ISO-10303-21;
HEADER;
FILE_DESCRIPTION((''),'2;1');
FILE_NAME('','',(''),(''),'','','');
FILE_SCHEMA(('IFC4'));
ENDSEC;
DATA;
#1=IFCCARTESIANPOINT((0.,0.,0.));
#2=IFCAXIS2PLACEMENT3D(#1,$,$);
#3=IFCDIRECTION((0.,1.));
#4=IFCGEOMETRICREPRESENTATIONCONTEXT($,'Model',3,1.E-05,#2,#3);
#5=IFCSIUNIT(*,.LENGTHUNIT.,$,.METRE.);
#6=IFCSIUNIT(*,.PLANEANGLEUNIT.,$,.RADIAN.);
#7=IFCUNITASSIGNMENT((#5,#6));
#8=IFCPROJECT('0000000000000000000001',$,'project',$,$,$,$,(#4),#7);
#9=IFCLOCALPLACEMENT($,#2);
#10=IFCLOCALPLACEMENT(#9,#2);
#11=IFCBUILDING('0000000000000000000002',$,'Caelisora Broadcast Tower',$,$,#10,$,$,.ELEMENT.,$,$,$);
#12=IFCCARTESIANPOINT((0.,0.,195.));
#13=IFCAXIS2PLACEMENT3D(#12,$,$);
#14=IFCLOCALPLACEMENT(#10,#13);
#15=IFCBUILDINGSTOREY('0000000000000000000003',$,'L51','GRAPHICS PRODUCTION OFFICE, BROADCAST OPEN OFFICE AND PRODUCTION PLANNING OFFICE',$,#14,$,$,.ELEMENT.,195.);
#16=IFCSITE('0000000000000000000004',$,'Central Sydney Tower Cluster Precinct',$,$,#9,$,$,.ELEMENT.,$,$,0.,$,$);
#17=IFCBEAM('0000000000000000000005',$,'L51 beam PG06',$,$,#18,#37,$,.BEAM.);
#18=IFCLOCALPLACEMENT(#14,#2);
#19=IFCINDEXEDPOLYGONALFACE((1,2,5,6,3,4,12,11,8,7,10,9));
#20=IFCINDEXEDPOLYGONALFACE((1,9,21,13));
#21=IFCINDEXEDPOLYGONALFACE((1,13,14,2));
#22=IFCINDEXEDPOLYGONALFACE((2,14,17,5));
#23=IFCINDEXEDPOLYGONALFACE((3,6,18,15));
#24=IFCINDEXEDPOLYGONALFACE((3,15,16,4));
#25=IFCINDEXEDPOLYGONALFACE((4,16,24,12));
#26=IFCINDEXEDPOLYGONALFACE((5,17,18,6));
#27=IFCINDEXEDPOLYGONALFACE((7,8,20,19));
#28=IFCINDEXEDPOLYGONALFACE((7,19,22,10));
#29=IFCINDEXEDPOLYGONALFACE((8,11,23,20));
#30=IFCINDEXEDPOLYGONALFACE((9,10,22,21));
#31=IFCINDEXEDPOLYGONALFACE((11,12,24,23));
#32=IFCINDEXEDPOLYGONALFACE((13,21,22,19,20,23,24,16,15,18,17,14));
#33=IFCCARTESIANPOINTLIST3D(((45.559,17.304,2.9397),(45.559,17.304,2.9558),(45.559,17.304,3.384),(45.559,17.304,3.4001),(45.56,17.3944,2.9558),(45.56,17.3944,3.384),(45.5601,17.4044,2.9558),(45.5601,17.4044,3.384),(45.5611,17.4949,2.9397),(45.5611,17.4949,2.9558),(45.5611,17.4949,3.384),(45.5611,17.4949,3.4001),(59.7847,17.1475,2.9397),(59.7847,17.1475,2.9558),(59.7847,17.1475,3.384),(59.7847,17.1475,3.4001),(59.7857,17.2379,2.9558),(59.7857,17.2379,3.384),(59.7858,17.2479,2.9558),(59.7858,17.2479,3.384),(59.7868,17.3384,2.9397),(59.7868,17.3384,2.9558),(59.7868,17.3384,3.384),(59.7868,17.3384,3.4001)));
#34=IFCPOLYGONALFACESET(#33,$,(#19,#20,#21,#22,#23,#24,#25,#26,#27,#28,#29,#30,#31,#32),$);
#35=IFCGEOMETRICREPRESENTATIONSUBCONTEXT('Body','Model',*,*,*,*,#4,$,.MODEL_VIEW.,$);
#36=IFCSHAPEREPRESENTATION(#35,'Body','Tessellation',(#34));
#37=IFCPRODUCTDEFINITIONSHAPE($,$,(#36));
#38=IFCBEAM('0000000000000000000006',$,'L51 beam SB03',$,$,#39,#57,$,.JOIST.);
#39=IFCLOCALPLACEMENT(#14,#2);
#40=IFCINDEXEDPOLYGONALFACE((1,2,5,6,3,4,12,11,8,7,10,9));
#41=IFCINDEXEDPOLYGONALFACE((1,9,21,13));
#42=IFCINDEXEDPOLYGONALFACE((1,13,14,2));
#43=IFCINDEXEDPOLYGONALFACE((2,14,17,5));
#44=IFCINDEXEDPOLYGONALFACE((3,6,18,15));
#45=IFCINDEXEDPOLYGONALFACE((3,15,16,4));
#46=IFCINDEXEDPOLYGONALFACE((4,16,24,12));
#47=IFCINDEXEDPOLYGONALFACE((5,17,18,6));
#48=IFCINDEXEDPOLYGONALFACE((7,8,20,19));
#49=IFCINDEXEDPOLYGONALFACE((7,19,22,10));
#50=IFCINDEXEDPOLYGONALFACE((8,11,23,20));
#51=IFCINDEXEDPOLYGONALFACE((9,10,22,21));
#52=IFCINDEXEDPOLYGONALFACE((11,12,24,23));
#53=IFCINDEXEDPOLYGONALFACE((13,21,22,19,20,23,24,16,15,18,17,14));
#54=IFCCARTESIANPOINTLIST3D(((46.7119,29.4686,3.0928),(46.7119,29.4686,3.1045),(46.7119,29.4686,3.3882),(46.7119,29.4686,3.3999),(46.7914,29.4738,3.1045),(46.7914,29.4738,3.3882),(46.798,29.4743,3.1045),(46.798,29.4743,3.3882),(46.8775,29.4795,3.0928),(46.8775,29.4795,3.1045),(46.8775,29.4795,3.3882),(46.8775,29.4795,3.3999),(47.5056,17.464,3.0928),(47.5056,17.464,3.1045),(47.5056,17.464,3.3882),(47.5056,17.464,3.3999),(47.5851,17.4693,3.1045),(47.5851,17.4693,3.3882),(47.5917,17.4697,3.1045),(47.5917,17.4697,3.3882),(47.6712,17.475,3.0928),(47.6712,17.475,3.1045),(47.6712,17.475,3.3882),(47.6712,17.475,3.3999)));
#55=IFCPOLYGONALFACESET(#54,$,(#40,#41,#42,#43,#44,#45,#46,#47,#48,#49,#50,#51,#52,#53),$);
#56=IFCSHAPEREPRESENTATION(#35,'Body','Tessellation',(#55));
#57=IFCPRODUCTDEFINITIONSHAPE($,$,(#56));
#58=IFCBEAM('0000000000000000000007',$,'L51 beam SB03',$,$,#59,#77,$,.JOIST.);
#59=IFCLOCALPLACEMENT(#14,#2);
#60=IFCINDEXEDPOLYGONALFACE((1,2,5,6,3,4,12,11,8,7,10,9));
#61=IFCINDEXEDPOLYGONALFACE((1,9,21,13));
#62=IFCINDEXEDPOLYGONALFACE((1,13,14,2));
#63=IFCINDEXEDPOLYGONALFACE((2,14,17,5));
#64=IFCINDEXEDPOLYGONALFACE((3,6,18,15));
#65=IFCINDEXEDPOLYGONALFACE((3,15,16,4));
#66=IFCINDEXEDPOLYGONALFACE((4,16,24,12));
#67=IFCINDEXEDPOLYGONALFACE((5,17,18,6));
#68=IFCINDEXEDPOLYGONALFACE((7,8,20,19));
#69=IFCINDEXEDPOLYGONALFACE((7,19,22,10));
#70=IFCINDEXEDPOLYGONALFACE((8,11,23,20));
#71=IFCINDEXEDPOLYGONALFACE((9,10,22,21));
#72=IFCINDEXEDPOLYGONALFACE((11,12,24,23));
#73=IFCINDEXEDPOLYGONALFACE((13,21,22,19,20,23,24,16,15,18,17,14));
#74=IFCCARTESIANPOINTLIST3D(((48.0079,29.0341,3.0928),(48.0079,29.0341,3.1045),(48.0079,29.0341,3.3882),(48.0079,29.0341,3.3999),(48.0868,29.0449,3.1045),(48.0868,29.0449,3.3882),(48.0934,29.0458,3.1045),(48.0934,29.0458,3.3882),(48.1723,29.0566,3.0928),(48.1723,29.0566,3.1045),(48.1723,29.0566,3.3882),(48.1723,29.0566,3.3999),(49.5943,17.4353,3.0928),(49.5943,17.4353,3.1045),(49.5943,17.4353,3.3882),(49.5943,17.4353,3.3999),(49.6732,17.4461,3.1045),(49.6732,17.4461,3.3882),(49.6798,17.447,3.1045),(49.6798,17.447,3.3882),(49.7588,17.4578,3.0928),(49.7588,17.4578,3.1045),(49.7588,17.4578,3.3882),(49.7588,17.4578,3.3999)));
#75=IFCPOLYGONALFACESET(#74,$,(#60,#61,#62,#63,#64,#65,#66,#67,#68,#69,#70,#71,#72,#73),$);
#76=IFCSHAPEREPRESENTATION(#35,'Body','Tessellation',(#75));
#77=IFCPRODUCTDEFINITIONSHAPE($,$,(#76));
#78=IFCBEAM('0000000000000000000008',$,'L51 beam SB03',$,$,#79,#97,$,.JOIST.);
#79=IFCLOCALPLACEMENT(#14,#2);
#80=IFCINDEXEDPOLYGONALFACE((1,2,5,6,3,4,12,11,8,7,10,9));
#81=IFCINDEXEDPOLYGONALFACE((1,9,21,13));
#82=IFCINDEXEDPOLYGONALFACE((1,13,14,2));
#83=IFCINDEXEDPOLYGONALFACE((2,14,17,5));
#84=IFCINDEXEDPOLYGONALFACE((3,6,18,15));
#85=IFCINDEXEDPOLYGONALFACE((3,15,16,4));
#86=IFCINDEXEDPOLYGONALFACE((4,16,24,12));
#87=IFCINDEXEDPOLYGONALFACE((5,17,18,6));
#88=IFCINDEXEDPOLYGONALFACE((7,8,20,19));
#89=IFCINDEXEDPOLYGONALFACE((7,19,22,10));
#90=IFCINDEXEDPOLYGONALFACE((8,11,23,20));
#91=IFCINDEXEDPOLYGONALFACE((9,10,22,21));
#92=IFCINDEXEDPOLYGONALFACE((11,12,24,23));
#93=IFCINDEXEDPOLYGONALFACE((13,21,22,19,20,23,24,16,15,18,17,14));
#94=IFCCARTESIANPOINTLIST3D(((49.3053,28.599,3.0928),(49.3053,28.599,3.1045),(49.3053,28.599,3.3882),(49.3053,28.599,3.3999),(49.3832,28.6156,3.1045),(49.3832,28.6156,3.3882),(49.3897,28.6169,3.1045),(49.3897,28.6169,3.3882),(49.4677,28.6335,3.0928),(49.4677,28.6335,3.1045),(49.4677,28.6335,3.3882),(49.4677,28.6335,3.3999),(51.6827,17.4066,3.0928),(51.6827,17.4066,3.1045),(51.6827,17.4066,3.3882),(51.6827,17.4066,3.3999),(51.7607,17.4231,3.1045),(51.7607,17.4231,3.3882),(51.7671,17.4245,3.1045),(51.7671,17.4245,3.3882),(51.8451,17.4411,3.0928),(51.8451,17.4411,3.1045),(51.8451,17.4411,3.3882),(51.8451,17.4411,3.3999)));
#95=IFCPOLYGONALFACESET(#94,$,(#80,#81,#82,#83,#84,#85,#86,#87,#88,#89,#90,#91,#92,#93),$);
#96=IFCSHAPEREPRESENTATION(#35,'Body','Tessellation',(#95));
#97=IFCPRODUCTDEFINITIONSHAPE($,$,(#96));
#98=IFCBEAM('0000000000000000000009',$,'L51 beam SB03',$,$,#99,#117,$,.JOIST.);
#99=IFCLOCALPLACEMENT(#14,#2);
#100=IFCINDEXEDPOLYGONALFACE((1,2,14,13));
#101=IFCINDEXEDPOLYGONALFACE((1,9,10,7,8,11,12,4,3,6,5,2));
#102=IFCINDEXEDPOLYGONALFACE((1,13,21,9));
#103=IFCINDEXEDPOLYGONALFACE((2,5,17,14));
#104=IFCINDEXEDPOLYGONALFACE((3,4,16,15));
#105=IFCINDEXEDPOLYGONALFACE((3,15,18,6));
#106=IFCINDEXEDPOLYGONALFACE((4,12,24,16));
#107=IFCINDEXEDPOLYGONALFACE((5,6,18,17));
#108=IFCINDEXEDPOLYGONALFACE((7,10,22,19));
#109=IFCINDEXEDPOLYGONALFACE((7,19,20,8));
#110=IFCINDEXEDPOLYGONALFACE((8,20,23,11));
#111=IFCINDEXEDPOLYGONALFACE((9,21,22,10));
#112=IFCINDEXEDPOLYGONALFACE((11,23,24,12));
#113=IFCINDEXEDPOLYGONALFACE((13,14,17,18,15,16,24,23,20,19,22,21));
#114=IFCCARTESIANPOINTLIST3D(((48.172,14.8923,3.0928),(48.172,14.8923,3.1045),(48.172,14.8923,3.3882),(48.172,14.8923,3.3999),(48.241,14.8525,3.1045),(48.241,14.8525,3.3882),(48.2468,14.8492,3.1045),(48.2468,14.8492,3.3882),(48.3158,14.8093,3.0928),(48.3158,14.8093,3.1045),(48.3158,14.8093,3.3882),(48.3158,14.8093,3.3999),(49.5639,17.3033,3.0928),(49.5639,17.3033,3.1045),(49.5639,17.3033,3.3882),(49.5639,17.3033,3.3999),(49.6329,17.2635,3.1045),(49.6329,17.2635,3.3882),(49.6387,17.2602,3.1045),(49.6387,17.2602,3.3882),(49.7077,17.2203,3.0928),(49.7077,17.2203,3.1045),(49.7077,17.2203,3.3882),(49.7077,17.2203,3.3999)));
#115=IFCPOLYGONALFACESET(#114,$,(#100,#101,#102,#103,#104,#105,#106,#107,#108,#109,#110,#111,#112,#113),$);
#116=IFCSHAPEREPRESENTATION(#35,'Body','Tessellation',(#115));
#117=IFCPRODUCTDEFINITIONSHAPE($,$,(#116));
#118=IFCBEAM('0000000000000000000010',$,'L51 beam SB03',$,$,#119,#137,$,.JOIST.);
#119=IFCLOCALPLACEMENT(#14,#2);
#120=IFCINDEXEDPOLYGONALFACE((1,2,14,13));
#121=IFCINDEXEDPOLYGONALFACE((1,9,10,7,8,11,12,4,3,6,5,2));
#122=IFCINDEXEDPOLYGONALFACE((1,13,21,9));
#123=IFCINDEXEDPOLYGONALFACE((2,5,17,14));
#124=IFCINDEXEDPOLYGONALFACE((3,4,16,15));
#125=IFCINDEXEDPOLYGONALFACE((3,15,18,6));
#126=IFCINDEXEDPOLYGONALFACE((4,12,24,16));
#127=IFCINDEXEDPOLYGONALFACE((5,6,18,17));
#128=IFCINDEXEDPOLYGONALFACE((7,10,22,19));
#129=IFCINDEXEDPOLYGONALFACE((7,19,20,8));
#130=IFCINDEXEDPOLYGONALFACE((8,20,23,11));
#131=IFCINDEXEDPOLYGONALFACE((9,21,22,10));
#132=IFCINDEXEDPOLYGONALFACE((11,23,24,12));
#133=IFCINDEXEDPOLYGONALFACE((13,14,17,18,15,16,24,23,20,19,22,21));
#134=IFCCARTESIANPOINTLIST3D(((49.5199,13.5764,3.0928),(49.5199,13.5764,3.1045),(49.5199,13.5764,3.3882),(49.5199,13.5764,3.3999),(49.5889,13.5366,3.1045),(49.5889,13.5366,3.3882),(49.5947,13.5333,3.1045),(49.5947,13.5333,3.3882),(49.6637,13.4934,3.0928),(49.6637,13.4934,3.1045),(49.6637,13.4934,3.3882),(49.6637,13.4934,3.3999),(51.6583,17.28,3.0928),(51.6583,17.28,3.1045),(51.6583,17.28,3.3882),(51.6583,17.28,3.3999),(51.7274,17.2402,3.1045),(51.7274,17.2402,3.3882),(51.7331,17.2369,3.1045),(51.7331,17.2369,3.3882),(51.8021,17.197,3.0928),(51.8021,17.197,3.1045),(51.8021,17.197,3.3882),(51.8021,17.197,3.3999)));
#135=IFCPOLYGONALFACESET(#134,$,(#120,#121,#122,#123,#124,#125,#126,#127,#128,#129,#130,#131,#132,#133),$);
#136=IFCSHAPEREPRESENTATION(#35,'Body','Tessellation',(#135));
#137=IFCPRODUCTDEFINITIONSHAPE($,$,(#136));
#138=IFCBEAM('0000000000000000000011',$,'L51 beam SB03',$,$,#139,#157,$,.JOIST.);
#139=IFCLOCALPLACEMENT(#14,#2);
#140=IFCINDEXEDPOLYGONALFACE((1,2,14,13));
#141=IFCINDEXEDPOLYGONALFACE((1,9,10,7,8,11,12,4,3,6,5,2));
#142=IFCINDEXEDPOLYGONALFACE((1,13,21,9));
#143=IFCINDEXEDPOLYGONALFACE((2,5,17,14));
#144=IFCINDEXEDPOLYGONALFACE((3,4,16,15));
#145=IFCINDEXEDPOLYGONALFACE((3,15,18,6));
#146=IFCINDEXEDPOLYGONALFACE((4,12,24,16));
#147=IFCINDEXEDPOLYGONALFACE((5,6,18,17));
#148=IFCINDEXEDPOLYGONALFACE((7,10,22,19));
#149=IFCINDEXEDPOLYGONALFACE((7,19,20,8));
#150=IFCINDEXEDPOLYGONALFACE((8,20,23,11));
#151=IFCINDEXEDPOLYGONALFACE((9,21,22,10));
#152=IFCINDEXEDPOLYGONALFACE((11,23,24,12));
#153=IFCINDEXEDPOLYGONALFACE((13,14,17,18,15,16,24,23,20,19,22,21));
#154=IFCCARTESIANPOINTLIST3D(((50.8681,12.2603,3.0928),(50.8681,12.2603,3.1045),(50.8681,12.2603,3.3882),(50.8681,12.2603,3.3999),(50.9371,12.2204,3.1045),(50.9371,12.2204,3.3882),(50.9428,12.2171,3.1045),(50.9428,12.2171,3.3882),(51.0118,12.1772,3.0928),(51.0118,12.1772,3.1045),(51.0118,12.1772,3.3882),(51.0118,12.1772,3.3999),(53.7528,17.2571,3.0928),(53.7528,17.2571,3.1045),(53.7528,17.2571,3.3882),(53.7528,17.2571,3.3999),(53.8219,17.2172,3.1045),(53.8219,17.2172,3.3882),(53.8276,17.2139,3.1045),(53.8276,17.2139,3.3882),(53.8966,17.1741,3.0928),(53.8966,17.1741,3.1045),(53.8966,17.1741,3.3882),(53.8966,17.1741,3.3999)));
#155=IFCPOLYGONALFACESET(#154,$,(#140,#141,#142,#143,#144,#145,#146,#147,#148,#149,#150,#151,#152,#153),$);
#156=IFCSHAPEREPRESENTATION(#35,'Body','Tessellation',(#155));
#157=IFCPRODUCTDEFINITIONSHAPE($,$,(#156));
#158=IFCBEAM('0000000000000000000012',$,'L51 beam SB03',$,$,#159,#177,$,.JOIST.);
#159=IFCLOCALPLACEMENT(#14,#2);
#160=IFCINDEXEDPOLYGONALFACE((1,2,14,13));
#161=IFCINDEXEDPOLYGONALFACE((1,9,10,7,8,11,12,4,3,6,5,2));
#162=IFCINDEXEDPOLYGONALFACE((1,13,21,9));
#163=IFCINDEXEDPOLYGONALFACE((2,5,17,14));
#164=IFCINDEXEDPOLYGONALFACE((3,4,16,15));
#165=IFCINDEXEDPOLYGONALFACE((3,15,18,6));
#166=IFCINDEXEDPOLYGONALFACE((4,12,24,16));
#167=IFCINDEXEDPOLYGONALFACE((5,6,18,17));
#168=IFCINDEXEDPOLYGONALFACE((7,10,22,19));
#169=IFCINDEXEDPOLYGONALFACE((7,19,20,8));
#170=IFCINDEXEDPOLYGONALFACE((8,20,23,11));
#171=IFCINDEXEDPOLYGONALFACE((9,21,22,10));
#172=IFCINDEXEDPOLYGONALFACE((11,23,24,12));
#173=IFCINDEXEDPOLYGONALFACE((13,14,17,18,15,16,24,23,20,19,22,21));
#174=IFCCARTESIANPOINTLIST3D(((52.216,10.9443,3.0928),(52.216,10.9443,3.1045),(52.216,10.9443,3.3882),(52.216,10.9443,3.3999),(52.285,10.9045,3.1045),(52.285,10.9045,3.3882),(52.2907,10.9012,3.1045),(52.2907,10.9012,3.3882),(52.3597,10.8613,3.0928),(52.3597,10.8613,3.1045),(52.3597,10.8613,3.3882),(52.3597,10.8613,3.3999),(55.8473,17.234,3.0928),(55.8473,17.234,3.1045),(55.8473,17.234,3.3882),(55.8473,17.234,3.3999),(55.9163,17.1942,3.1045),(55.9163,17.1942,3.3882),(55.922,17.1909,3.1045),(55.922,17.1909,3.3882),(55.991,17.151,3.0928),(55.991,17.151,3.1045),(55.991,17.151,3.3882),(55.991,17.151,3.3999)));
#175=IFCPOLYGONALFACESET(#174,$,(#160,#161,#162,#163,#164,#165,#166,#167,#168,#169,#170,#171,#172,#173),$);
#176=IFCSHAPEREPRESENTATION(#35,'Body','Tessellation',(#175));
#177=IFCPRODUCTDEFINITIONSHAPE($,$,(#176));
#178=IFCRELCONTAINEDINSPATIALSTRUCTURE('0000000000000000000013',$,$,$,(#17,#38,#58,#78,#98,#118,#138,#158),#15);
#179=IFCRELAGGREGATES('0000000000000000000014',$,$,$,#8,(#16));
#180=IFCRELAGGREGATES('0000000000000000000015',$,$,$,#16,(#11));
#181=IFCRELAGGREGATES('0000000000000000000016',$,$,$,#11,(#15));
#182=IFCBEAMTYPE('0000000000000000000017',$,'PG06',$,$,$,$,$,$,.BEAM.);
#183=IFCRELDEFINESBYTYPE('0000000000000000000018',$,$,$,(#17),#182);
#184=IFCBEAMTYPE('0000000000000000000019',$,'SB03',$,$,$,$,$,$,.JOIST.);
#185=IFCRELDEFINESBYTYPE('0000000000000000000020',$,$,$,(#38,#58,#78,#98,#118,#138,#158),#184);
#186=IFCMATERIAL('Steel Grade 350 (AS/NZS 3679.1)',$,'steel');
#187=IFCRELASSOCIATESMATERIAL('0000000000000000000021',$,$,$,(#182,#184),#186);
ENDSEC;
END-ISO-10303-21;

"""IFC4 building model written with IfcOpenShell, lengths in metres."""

from ifc_helpers import new_model, si_unit, direction, frame, origin, origin_2d, place, context, subcontext, project, spatial, i_section, extrude, source, transform, mapped, material, material_profile, profile_set, type_object, type_shapes, element, save


model = new_model("IFC4")

# Units and contexts
model_context = context("Model", 3, precision=1e-05, world=origin(), true_north=direction((0.0, 1.0)))
body_context = subcontext(model_context, "Body", "Model", "MODEL_VIEW")
ifc_project = project(units=[si_unit("LENGTHUNIT", "METRE"), si_unit("PLANEANGLEUNIT", "RADIAN")], contexts=[model_context])

# Site, building, storey
site_placement = place(None, origin())
site = spatial("IfcSite", under=ifc_project, at=site_placement, Name="Central Sydney Tower Cluster Precinct", CompositionType="ELEMENT", RefElevation=0.0)
building_placement = place(site_placement, origin())
building = spatial("IfcBuilding", under=site, at=building_placement, Name="Caelisora Broadcast Tower", CompositionType="ELEMENT")
storey_placement = place(building_placement, frame((0.0, 0.0, 195.0)))
storey = spatial("IfcBuildingStorey", under=building, at=storey_placement, Name="L51", Description="GRAPHICS PRODUCTION OFFICE, BROADCAST OPEN OFFICE AND PRODUCTION PLANNING OFFICE", CompositionType="ELEMENT", Elevation=195.0)

# Beams
ifc_material_1 = material(Name="Steel Grade 350 (AS/NZS 3679.1)", Category="steel")
ifc_material_profile_1 = material_profile(ifc_material_1, i_section(OverallWidth=0.1909, OverallDepth=0.4604, WebThickness=0.01, FlangeThickness=0.0161, at=origin_2d()), Name="Steel Grade 350 (AS/NZS 3679.1)")
ifc_profile_set_1 = profile_set([ifc_material_profile_1], Name="Steel Grade 350 (AS/NZS 3679.1)")
beam_type_1 = type_object("IfcBeamType", Name="PG06", PredefinedType="BEAM", material=ifc_profile_set_1)
shared_shape_1 = source(origin(), body_context, "Body", "SweptSolid", [
    extrude(i_section(OverallWidth=0.1909, OverallDepth=0.4604, WebThickness=0.01, FlangeThickness=0.0161, at=origin_2d()), origin(), (0.0, 0.0, 1.0), 14.2266),
])
type_shapes(beam_type_1, [shared_shape_1])
beam_1_placement = place(storey_placement, frame((45.5601, 17.3994, 3.1699), z_axis=(0.999939, -0.011, 0.0), x_axis=(0.011, 0.999939, 0.0)))
element("IfcBeam", 1, at=beam_1_placement, inside=storey, type_object=beam_type_1, Name="L51 beam PG06", PredefinedType="BEAM", context=body_context, shape_type="MappedRepresentation", body=[
    mapped(shared_shape_1, transform((0.0, 0.0, 0.0), scale=1.0)),
])
ifc_material_profile_2 = material_profile(ifc_material_1, i_section(OverallWidth=0.166, OverallDepth=0.3071, WebThickness=0.0066, FlangeThickness=0.0117, at=origin_2d()), Name="Steel Grade 350 (AS/NZS 3679.1)")
ifc_profile_set_2 = profile_set([ifc_material_profile_2], Name="Steel Grade 350 (AS/NZS 3679.1)")
beam_type_2 = type_object("IfcBeamType", Name="SB03", PredefinedType="JOIST", material=ifc_profile_set_2)
shared_shape_2 = source(origin(), body_context, "Body", "SweptSolid", [
    extrude(i_section(OverallWidth=0.166, OverallDepth=0.3071, WebThickness=0.0066, FlangeThickness=0.0117, at=origin_2d()), origin(), (0.0, 0.0, 1.0), 12.0308),
])
beam_2_placement = place(storey_placement, frame((47.5884, 17.4695, 3.2463), z_axis=(-0.065972, 0.997821, 0.0), x_axis=(-0.997821, -0.065972, 0.0)))
element("IfcBeam", 2, at=beam_2_placement, inside=storey, type_object=beam_type_2, Name="L51 beam SB03", PredefinedType="JOIST", context=body_context, shape_type="MappedRepresentation", body=[
    mapped(shared_shape_2, transform((0.0, 0.0, 0.0), scale=1.0)),
])
shared_shape_3 = source(origin(), body_context, "Body", "SweptSolid", [
    extrude(i_section(OverallWidth=0.166, OverallDepth=0.3071, WebThickness=0.0066, FlangeThickness=0.0117, at=origin_2d()), origin(), (0.0, 0.0, 1.0), 11.7068),
])
beam_3_placement = place(storey_placement, frame((49.6765, 17.4465, 3.2463), z_axis=(-0.135512, 0.990776, 0.0), x_axis=(-0.990776, -0.135512, 0.0)))
element("IfcBeam", 3, at=beam_3_placement, inside=storey, type_object=beam_type_2, Name="L51 beam SB03", PredefinedType="JOIST", context=body_context, shape_type="MappedRepresentation", body=[
    mapped(shared_shape_3, transform((0.0, 0.0, 0.0), scale=1.0)),
])
shared_shape_4 = source(origin(), body_context, "Body", "SweptSolid", [
    extrude(i_section(OverallWidth=0.166, OverallDepth=0.3071, WebThickness=0.0066, FlangeThickness=0.0117, at=origin_2d()), origin(), (0.0, 0.0, 1.0), 11.4421),
])
beam_4_placement = place(storey_placement, frame((51.7639, 17.4238, 3.2463), z_axis=(-0.20778, 0.978176, 0.0), x_axis=(-0.978176, -0.20778, 0.0)))
element("IfcBeam", 4, at=beam_4_placement, inside=storey, type_object=beam_type_2, Name="L51 beam SB03", PredefinedType="JOIST", context=body_context, shape_type="MappedRepresentation", body=[
    mapped(shared_shape_4, transform((0.0, 0.0, 0.0), scale=1.0)),
])
shared_shape_5 = source(origin(), body_context, "Body", "SweptSolid", [
    extrude(i_section(OverallWidth=0.166, OverallDepth=0.3071, WebThickness=0.0066, FlangeThickness=0.0117, at=origin_2d()), origin(), (0.0, 0.0, 1.0), 2.7839),
])
beam_5_placement = place(storey_placement, frame((48.2439, 14.8508, 3.2463), z_axis=(0.499978, 0.866038, 0.0), x_axis=(-0.866038, 0.499978, 0.0)))
element("IfcBeam", 5, at=beam_5_placement, inside=storey, type_object=beam_type_2, Name="L51 beam SB03", PredefinedType="JOIST", context=body_context, shape_type="MappedRepresentation", body=[
    mapped(shared_shape_5, transform((0.0, 0.0, 0.0), scale=1.0)),
])
shared_shape_6 = source(origin(), body_context, "Body", "SweptSolid", [
    extrude(i_section(OverallWidth=0.166, OverallDepth=0.3071, WebThickness=0.0066, FlangeThickness=0.0117, at=origin_2d()), origin(), (0.0, 0.0, 1.0), 4.2766),
])
beam_6_placement = place(storey_placement, frame((49.5918, 13.5349, 3.2463), z_axis=(0.500026, 0.866011, 0.0), x_axis=(-0.866011, 0.500026, 0.0)))
element("IfcBeam", 6, at=beam_6_placement, inside=storey, type_object=beam_type_2, Name="L51 beam SB03", PredefinedType="JOIST", context=body_context, shape_type="MappedRepresentation", body=[
    mapped(shared_shape_6, transform((0.0, 0.0, 0.0), scale=1.0)),
])
shared_shape_7 = source(origin(), body_context, "Body", "SweptSolid", [
    extrude(i_section(OverallWidth=0.166, OverallDepth=0.3071, WebThickness=0.0066, FlangeThickness=0.0117, at=origin_2d()), origin(), (0.0, 0.0, 1.0), 5.7698),
])
beam_7_placement = place(storey_placement, frame((50.9399, 12.2188, 3.2463), z_axis=(0.49998, 0.866037, 0.0), x_axis=(-0.866037, 0.49998, 0.0)))
element("IfcBeam", 7, at=beam_7_placement, inside=storey, type_object=beam_type_2, Name="L51 beam SB03", PredefinedType="JOIST", context=body_context, shape_type="MappedRepresentation", body=[
    mapped(shared_shape_7, transform((0.0, 0.0, 0.0), scale=1.0)),
])
shared_shape_8 = source(origin(), body_context, "Body", "SweptSolid", [
    extrude(i_section(OverallWidth=0.166, OverallDepth=0.3071, WebThickness=0.0066, FlangeThickness=0.0117, at=origin_2d()), origin(), (0.0, 0.0, 1.0), 7.2627),
])
type_shapes(beam_type_2, [shared_shape_2, shared_shape_3, shared_shape_4, shared_shape_5, shared_shape_6, shared_shape_7, shared_shape_8])
beam_8_placement = place(storey_placement, frame((52.2878, 10.9028, 3.2463), z_axis=(0.499993, 0.866029, 0.0), x_axis=(-0.866029, 0.499993, 0.0)))
element("IfcBeam", 8, at=beam_8_placement, inside=storey, type_object=beam_type_2, Name="L51 beam SB03", PredefinedType="JOIST", context=body_context, shape_type="MappedRepresentation", body=[
    mapped(shared_shape_8, transform((0.0, 0.0, 0.0), scale=1.0)),
])

save(model, "model.ifc")
